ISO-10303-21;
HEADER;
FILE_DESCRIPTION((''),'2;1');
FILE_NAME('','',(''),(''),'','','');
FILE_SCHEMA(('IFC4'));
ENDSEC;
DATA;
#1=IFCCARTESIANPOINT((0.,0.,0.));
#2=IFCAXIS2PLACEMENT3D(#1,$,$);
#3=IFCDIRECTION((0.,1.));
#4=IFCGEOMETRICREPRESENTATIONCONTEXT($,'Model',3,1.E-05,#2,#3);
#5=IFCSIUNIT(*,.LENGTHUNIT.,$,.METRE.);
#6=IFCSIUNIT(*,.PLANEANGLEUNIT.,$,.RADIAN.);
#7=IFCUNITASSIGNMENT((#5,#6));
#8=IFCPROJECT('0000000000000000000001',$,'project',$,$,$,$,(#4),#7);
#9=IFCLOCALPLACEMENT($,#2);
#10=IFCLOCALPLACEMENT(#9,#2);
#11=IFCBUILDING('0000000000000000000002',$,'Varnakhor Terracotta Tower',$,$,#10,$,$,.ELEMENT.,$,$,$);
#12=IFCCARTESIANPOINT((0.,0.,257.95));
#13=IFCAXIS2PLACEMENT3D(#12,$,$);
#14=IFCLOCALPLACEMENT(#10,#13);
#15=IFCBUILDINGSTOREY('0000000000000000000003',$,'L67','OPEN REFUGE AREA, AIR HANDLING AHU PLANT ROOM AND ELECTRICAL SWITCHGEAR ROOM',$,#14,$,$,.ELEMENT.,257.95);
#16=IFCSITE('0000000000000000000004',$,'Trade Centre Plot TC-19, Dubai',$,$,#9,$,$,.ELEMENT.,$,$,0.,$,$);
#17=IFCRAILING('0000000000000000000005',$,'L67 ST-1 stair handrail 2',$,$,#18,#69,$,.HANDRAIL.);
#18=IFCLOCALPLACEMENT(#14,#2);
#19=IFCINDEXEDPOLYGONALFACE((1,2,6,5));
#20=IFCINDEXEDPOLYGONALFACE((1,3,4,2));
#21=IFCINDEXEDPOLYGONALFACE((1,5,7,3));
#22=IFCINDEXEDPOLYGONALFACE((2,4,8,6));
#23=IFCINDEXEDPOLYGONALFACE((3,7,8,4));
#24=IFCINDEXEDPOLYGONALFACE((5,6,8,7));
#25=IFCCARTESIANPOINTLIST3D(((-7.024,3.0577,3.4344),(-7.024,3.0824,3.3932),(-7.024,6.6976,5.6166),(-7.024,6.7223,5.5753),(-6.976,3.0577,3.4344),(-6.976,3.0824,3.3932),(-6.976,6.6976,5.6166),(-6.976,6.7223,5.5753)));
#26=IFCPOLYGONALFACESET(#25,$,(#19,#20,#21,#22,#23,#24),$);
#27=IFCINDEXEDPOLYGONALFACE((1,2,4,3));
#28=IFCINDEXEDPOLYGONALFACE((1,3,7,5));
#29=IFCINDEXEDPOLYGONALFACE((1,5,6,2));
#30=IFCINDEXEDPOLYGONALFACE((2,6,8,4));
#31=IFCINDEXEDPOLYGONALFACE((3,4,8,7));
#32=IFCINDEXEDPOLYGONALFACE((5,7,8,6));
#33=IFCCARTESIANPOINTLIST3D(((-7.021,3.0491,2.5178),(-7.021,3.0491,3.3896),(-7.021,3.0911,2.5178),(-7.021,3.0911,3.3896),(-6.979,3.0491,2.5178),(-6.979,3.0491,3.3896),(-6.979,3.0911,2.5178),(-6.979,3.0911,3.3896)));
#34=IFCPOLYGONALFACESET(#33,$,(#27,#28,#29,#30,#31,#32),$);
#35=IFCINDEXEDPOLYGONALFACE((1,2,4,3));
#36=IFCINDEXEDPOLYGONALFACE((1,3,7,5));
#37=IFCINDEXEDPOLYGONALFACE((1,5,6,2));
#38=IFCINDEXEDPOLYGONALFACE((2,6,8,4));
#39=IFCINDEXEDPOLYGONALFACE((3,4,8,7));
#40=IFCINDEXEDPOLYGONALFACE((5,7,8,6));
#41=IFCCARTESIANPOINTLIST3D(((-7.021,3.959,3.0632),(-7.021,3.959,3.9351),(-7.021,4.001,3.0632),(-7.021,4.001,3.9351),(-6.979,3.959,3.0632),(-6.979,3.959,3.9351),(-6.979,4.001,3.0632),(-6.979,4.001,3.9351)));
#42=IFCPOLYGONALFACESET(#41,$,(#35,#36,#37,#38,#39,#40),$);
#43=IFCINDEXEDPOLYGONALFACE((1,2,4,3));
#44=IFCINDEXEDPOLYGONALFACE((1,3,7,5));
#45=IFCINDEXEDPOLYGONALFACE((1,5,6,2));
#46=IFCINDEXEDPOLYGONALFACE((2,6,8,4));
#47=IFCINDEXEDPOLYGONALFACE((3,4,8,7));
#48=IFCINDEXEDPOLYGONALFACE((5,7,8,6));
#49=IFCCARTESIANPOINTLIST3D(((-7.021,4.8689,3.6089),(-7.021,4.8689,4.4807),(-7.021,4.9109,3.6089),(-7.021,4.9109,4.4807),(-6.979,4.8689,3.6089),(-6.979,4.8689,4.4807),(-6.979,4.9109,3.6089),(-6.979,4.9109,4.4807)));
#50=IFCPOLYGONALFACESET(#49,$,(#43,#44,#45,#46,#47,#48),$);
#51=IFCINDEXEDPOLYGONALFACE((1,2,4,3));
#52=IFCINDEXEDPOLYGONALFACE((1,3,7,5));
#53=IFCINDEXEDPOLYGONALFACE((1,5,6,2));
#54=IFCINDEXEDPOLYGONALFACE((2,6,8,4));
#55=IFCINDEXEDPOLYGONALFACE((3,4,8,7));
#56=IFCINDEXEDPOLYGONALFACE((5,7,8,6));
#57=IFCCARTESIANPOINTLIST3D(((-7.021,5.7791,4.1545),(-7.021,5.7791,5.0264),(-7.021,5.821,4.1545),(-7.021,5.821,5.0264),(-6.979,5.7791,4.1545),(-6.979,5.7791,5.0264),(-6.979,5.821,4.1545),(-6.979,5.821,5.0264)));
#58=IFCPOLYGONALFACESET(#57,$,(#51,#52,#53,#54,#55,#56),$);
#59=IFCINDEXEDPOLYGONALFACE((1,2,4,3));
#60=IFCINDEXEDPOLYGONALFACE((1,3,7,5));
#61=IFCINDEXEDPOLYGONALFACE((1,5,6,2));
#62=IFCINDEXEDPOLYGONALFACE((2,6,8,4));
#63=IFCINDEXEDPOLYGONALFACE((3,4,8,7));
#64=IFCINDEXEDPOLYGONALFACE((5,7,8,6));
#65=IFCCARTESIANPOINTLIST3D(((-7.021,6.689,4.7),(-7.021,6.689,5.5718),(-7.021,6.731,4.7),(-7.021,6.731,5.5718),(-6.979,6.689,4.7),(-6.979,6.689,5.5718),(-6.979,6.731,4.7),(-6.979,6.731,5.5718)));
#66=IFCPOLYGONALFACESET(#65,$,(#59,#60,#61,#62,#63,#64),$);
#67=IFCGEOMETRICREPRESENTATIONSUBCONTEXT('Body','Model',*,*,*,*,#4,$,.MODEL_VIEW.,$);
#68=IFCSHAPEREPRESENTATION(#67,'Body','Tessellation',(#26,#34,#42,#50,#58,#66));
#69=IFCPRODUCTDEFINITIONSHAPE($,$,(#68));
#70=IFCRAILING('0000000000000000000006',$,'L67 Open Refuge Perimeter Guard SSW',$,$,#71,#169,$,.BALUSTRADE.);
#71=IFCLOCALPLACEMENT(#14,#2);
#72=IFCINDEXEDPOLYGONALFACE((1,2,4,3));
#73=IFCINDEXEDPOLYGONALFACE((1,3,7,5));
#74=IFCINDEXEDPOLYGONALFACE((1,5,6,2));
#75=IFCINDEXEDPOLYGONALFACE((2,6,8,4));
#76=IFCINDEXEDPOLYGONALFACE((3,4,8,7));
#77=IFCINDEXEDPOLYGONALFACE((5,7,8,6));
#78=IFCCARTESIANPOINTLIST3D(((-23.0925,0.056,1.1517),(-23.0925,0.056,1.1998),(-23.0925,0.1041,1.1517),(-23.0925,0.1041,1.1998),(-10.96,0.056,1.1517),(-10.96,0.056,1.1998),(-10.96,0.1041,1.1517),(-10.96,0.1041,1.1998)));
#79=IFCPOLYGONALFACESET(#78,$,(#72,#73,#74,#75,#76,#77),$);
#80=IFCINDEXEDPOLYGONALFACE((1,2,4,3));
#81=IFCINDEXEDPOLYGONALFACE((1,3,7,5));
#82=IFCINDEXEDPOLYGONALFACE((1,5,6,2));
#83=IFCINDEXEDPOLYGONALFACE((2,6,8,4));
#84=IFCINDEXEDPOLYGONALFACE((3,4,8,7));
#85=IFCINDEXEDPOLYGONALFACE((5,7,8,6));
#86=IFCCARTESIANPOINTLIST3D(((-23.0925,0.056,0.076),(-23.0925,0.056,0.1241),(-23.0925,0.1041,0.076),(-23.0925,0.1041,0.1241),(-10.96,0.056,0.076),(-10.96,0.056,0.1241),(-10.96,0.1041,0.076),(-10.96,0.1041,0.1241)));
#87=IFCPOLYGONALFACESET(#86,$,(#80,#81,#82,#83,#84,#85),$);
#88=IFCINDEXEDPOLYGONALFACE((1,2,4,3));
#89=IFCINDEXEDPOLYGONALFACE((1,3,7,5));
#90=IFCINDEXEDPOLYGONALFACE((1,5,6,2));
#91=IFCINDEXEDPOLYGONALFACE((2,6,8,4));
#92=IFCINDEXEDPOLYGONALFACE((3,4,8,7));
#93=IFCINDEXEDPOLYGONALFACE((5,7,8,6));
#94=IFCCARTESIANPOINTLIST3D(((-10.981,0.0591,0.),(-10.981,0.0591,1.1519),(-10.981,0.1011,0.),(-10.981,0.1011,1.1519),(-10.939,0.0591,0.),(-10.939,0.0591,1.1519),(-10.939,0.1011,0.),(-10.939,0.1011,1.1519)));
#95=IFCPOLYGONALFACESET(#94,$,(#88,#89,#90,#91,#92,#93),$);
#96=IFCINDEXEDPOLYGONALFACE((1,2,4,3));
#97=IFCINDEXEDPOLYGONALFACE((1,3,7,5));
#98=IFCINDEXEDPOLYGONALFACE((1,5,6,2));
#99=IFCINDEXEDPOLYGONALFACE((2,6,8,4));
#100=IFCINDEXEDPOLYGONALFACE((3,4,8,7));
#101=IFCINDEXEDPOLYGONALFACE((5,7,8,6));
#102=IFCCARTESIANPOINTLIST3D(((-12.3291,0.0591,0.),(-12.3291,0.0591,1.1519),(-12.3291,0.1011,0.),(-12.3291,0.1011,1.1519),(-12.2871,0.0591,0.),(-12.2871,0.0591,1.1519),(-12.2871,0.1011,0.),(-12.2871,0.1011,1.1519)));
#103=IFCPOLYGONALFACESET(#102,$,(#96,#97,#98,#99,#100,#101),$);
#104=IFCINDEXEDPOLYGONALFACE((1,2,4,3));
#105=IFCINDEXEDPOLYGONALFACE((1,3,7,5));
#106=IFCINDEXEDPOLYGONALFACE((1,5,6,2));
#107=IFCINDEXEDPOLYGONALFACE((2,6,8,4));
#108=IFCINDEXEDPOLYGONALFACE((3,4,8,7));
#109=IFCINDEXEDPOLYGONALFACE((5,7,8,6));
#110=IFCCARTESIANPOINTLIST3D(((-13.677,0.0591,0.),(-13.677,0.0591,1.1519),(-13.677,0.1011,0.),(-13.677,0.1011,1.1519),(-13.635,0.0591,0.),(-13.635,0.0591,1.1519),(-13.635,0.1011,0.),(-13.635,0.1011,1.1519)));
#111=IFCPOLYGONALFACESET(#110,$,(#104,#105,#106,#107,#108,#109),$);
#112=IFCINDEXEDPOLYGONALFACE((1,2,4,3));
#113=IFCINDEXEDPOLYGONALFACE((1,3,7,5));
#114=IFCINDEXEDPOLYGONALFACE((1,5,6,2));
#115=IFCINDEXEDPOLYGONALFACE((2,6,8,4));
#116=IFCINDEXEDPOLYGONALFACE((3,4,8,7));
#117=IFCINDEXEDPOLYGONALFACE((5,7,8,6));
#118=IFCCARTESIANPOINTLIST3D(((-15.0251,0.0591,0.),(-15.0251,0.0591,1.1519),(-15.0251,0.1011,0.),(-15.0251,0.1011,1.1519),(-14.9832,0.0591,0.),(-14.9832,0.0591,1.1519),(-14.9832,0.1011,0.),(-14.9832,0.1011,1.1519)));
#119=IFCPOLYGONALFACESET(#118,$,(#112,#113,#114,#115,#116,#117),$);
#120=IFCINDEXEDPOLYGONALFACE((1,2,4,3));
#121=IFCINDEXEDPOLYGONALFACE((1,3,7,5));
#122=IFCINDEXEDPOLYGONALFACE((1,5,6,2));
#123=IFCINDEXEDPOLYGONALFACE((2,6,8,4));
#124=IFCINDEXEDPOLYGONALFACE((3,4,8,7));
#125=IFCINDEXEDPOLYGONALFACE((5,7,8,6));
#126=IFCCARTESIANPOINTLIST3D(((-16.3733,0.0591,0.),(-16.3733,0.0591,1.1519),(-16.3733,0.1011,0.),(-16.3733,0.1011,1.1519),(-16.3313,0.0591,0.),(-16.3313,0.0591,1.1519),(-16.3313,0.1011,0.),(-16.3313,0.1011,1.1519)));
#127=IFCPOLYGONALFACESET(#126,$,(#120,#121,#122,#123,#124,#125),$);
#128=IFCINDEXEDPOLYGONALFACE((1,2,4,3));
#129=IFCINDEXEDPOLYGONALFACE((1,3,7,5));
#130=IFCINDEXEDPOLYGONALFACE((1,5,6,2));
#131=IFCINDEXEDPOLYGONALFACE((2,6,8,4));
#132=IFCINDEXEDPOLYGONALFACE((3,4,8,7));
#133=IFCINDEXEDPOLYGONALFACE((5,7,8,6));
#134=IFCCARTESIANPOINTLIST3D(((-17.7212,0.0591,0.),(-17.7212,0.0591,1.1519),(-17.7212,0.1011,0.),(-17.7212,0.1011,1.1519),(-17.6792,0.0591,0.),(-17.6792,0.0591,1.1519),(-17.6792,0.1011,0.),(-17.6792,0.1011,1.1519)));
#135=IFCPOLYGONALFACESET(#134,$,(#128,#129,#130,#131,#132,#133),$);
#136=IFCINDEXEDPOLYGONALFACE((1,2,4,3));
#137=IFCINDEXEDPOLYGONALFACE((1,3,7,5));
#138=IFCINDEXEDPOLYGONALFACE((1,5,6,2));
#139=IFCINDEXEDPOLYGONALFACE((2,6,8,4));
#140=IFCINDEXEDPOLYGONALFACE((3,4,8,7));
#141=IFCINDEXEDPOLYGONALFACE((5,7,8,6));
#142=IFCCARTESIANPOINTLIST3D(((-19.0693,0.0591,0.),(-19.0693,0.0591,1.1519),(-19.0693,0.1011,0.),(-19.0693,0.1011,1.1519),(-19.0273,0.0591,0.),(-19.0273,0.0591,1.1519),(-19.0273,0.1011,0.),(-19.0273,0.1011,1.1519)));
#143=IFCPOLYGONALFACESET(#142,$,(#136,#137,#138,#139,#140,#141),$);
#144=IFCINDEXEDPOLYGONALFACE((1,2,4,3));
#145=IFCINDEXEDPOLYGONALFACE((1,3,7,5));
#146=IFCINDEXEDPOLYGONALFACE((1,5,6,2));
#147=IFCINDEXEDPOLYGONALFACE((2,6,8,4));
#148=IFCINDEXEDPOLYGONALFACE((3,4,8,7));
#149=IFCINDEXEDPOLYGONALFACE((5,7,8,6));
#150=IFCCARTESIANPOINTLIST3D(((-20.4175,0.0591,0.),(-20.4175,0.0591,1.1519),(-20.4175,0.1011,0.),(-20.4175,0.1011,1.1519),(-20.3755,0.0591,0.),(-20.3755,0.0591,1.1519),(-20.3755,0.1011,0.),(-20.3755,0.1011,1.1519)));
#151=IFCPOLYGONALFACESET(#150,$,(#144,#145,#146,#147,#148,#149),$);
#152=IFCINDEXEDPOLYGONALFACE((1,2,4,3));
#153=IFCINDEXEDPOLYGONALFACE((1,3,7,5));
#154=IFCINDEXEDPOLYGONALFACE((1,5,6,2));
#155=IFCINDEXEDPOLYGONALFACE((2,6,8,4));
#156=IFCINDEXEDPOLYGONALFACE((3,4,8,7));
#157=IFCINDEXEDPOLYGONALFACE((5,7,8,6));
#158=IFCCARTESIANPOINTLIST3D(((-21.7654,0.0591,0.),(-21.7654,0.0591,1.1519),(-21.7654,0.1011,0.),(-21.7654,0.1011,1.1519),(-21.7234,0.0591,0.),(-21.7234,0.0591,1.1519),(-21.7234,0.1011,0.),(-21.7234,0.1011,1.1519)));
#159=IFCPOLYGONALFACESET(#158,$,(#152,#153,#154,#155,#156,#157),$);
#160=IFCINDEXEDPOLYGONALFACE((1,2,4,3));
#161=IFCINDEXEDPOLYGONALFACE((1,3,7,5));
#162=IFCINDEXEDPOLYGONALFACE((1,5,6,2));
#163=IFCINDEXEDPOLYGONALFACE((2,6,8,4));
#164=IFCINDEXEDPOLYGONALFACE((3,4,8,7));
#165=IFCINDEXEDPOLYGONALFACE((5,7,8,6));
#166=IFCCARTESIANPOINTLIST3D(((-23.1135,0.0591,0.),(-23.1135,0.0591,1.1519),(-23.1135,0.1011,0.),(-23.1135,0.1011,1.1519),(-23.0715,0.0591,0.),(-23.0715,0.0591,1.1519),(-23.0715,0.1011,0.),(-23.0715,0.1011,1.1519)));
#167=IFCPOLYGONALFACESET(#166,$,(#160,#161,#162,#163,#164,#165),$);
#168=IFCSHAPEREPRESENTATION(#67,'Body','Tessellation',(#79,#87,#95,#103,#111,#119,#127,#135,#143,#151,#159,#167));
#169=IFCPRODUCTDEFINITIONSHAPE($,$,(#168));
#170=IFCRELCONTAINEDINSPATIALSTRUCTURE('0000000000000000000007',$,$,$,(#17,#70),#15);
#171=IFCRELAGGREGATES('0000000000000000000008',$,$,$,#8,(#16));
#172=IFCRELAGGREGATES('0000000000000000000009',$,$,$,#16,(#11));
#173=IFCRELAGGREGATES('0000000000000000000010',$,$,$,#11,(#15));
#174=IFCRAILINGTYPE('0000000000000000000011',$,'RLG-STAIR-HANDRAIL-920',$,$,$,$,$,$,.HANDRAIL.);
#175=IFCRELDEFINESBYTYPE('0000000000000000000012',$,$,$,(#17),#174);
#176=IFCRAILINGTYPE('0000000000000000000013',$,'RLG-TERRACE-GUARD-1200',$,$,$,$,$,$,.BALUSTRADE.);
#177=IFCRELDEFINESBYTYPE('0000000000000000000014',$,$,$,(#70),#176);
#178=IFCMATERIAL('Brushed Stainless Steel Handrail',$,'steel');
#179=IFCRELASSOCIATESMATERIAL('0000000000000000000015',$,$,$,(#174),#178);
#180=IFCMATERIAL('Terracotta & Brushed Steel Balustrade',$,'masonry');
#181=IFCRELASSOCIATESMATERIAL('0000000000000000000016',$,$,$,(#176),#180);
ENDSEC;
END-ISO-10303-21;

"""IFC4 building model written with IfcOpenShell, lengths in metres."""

from ifc_helpers import new_model, si_unit, direction, frame, origin, origin_2d, place, context, subcontext, project, spatial, rectangle, extrude, material, type_object, element, save


model = new_model("IFC4")

# Units and contexts
model_context = context("Model", 3, precision=1e-05, world=origin(), true_north=direction((0.0, 1.0)))
body_context = subcontext(model_context, "Body", "Model", "MODEL_VIEW")
ifc_project = project(units=[si_unit("LENGTHUNIT", "METRE"), si_unit("PLANEANGLEUNIT", "RADIAN")], contexts=[model_context])

# Site, building, storey
site_placement = place(None, origin())
site = spatial("IfcSite", under=ifc_project, at=site_placement, Name="Trade Centre Plot TC-19, Dubai", CompositionType="ELEMENT", RefElevation=0.0)
building_placement = place(site_placement, origin())
building = spatial("IfcBuilding", under=site, at=building_placement, Name="Varnakhor Terracotta Tower", CompositionType="ELEMENT")
storey_placement = place(building_placement, frame((0.0, 0.0, 257.95)))
storey = spatial("IfcBuildingStorey", under=building, at=storey_placement, Name="L67", Description="OPEN REFUGE AREA, AIR HANDLING AHU PLANT ROOM AND ELECTRICAL SWITCHGEAR ROOM", CompositionType="ELEMENT", Elevation=257.95)

# Railings
ifc_material_1 = material(Name="Brushed Stainless Steel Handrail", Category="steel")
railing_type_1 = type_object("IfcRailingType", Name="RLG-STAIR-HANDRAIL-920", PredefinedType="HANDRAIL", material=ifc_material_1)
railing_1_placement = place(storey_placement, frame((-7.0, 3.0701, 2.5178)))
element("IfcRailing", 1, at=railing_1_placement, inside=storey, type_object=railing_type_1, Name="L67 ST-1 stair handrail 2", PredefinedType="HANDRAIL", context=body_context, shape_type="SweptSolid", body=[
    extrude(rectangle(XDim=0.0481, YDim=0.0481, at=origin_2d()), frame((0.0, 0.0, 0.896), z_axis=(0.0, 0.857681, 0.514183), x_axis=(-1.0, 0.0, 0.0)), (0.0, 0.0, 1.0), 4.2439),
    extrude(rectangle(XDim=0.042, YDim=0.042, at=origin_2d()), origin(), (0.0, 0.0, 1.0), 0.8718),
    extrude(rectangle(XDim=0.042, YDim=0.042, at=origin_2d()), frame((0.0, 0.9099, 0.5454)), (0.0, 0.0, 1.0), 0.8718),
    extrude(rectangle(XDim=0.042, YDim=0.042, at=origin_2d()), frame((0.0, 1.8198, 1.0911)), (0.0, 0.0, 1.0), 0.8718),
    extrude(rectangle(XDim=0.042, YDim=0.042, at=origin_2d()), frame((0.0, 2.73, 1.6367)), (0.0, 0.0, 1.0), 0.8718),
    extrude(rectangle(XDim=0.042, YDim=0.042, at=origin_2d()), frame((0.0, 3.6399, 2.1821)), (0.0, 0.0, 1.0), 0.8718),
])
ifc_material_2 = material(Name="Terracotta & Brushed Steel Balustrade", Category="masonry")
railing_type_2 = type_object("IfcRailingType", Name="RLG-TERRACE-GUARD-1200", PredefinedType="BALUSTRADE", material=ifc_material_2)
railing_2_placement = place(storey_placement, frame((-10.96, 0.0801, 0.0)))
element("IfcRailing", 2, at=railing_2_placement, inside=storey, type_object=railing_type_2, Name="L67 Open Refuge Perimeter Guard SSW", PredefinedType="BALUSTRADE", context=body_context, shape_type="SweptSolid", body=[
    extrude(rectangle(XDim=0.0481, YDim=0.0481, at=origin_2d()), frame((0.0, 0.0, 1.1758), z_axis=(-1.0, 0.0, 0.0), x_axis=(0.0, -1.0, 0.0)), (0.0, 0.0, 1.0), 12.1326),
    extrude(rectangle(XDim=0.0481, YDim=0.0481, at=origin_2d()), frame((0.0, 0.0, 0.1001), z_axis=(-1.0, 0.0, 0.0), x_axis=(0.0, -1.0, 0.0)), (0.0, 0.0, 1.0), 12.1326),
    extrude(rectangle(XDim=0.042, YDim=0.042, at=origin_2d()), origin(), (0.0, 0.0, 1.0), 1.1519),
    extrude(rectangle(XDim=0.042, YDim=0.042, at=origin_2d()), frame((-1.3481, 0.0, 0.0)), (0.0, 0.0, 1.0), 1.1519),
    extrude(rectangle(XDim=0.042, YDim=0.042, at=origin_2d()), frame((-2.696, 0.0, 0.0)), (0.0, 0.0, 1.0), 1.1519),
    extrude(rectangle(XDim=0.042, YDim=0.042, at=origin_2d()), frame((-4.0442, 0.0, 0.0)), (0.0, 0.0, 1.0), 1.1519),
    extrude(rectangle(XDim=0.042, YDim=0.042, at=origin_2d()), frame((-5.3923, 0.0, 0.0)), (0.0, 0.0, 1.0), 1.1519),
    extrude(rectangle(XDim=0.042, YDim=0.042, at=origin_2d()), frame((-6.7402, 0.0, 0.0)), (0.0, 0.0, 1.0), 1.1519),
    extrude(rectangle(XDim=0.042, YDim=0.042, at=origin_2d()), frame((-8.0884, 0.0, 0.0)), (0.0, 0.0, 1.0), 1.1519),
    extrude(rectangle(XDim=0.042, YDim=0.042, at=origin_2d()), frame((-9.4365, 0.0, 0.0)), (0.0, 0.0, 1.0), 1.1519),
    extrude(rectangle(XDim=0.042, YDim=0.042, at=origin_2d()), frame((-10.7844, 0.0, 0.0)), (0.0, 0.0, 1.0), 1.1519),
    extrude(rectangle(XDim=0.042, YDim=0.042, at=origin_2d()), frame((-12.1326, 0.0, 0.0)), (0.0, 0.0, 1.0), 1.1519),
])

save(model, "model.ifc")
